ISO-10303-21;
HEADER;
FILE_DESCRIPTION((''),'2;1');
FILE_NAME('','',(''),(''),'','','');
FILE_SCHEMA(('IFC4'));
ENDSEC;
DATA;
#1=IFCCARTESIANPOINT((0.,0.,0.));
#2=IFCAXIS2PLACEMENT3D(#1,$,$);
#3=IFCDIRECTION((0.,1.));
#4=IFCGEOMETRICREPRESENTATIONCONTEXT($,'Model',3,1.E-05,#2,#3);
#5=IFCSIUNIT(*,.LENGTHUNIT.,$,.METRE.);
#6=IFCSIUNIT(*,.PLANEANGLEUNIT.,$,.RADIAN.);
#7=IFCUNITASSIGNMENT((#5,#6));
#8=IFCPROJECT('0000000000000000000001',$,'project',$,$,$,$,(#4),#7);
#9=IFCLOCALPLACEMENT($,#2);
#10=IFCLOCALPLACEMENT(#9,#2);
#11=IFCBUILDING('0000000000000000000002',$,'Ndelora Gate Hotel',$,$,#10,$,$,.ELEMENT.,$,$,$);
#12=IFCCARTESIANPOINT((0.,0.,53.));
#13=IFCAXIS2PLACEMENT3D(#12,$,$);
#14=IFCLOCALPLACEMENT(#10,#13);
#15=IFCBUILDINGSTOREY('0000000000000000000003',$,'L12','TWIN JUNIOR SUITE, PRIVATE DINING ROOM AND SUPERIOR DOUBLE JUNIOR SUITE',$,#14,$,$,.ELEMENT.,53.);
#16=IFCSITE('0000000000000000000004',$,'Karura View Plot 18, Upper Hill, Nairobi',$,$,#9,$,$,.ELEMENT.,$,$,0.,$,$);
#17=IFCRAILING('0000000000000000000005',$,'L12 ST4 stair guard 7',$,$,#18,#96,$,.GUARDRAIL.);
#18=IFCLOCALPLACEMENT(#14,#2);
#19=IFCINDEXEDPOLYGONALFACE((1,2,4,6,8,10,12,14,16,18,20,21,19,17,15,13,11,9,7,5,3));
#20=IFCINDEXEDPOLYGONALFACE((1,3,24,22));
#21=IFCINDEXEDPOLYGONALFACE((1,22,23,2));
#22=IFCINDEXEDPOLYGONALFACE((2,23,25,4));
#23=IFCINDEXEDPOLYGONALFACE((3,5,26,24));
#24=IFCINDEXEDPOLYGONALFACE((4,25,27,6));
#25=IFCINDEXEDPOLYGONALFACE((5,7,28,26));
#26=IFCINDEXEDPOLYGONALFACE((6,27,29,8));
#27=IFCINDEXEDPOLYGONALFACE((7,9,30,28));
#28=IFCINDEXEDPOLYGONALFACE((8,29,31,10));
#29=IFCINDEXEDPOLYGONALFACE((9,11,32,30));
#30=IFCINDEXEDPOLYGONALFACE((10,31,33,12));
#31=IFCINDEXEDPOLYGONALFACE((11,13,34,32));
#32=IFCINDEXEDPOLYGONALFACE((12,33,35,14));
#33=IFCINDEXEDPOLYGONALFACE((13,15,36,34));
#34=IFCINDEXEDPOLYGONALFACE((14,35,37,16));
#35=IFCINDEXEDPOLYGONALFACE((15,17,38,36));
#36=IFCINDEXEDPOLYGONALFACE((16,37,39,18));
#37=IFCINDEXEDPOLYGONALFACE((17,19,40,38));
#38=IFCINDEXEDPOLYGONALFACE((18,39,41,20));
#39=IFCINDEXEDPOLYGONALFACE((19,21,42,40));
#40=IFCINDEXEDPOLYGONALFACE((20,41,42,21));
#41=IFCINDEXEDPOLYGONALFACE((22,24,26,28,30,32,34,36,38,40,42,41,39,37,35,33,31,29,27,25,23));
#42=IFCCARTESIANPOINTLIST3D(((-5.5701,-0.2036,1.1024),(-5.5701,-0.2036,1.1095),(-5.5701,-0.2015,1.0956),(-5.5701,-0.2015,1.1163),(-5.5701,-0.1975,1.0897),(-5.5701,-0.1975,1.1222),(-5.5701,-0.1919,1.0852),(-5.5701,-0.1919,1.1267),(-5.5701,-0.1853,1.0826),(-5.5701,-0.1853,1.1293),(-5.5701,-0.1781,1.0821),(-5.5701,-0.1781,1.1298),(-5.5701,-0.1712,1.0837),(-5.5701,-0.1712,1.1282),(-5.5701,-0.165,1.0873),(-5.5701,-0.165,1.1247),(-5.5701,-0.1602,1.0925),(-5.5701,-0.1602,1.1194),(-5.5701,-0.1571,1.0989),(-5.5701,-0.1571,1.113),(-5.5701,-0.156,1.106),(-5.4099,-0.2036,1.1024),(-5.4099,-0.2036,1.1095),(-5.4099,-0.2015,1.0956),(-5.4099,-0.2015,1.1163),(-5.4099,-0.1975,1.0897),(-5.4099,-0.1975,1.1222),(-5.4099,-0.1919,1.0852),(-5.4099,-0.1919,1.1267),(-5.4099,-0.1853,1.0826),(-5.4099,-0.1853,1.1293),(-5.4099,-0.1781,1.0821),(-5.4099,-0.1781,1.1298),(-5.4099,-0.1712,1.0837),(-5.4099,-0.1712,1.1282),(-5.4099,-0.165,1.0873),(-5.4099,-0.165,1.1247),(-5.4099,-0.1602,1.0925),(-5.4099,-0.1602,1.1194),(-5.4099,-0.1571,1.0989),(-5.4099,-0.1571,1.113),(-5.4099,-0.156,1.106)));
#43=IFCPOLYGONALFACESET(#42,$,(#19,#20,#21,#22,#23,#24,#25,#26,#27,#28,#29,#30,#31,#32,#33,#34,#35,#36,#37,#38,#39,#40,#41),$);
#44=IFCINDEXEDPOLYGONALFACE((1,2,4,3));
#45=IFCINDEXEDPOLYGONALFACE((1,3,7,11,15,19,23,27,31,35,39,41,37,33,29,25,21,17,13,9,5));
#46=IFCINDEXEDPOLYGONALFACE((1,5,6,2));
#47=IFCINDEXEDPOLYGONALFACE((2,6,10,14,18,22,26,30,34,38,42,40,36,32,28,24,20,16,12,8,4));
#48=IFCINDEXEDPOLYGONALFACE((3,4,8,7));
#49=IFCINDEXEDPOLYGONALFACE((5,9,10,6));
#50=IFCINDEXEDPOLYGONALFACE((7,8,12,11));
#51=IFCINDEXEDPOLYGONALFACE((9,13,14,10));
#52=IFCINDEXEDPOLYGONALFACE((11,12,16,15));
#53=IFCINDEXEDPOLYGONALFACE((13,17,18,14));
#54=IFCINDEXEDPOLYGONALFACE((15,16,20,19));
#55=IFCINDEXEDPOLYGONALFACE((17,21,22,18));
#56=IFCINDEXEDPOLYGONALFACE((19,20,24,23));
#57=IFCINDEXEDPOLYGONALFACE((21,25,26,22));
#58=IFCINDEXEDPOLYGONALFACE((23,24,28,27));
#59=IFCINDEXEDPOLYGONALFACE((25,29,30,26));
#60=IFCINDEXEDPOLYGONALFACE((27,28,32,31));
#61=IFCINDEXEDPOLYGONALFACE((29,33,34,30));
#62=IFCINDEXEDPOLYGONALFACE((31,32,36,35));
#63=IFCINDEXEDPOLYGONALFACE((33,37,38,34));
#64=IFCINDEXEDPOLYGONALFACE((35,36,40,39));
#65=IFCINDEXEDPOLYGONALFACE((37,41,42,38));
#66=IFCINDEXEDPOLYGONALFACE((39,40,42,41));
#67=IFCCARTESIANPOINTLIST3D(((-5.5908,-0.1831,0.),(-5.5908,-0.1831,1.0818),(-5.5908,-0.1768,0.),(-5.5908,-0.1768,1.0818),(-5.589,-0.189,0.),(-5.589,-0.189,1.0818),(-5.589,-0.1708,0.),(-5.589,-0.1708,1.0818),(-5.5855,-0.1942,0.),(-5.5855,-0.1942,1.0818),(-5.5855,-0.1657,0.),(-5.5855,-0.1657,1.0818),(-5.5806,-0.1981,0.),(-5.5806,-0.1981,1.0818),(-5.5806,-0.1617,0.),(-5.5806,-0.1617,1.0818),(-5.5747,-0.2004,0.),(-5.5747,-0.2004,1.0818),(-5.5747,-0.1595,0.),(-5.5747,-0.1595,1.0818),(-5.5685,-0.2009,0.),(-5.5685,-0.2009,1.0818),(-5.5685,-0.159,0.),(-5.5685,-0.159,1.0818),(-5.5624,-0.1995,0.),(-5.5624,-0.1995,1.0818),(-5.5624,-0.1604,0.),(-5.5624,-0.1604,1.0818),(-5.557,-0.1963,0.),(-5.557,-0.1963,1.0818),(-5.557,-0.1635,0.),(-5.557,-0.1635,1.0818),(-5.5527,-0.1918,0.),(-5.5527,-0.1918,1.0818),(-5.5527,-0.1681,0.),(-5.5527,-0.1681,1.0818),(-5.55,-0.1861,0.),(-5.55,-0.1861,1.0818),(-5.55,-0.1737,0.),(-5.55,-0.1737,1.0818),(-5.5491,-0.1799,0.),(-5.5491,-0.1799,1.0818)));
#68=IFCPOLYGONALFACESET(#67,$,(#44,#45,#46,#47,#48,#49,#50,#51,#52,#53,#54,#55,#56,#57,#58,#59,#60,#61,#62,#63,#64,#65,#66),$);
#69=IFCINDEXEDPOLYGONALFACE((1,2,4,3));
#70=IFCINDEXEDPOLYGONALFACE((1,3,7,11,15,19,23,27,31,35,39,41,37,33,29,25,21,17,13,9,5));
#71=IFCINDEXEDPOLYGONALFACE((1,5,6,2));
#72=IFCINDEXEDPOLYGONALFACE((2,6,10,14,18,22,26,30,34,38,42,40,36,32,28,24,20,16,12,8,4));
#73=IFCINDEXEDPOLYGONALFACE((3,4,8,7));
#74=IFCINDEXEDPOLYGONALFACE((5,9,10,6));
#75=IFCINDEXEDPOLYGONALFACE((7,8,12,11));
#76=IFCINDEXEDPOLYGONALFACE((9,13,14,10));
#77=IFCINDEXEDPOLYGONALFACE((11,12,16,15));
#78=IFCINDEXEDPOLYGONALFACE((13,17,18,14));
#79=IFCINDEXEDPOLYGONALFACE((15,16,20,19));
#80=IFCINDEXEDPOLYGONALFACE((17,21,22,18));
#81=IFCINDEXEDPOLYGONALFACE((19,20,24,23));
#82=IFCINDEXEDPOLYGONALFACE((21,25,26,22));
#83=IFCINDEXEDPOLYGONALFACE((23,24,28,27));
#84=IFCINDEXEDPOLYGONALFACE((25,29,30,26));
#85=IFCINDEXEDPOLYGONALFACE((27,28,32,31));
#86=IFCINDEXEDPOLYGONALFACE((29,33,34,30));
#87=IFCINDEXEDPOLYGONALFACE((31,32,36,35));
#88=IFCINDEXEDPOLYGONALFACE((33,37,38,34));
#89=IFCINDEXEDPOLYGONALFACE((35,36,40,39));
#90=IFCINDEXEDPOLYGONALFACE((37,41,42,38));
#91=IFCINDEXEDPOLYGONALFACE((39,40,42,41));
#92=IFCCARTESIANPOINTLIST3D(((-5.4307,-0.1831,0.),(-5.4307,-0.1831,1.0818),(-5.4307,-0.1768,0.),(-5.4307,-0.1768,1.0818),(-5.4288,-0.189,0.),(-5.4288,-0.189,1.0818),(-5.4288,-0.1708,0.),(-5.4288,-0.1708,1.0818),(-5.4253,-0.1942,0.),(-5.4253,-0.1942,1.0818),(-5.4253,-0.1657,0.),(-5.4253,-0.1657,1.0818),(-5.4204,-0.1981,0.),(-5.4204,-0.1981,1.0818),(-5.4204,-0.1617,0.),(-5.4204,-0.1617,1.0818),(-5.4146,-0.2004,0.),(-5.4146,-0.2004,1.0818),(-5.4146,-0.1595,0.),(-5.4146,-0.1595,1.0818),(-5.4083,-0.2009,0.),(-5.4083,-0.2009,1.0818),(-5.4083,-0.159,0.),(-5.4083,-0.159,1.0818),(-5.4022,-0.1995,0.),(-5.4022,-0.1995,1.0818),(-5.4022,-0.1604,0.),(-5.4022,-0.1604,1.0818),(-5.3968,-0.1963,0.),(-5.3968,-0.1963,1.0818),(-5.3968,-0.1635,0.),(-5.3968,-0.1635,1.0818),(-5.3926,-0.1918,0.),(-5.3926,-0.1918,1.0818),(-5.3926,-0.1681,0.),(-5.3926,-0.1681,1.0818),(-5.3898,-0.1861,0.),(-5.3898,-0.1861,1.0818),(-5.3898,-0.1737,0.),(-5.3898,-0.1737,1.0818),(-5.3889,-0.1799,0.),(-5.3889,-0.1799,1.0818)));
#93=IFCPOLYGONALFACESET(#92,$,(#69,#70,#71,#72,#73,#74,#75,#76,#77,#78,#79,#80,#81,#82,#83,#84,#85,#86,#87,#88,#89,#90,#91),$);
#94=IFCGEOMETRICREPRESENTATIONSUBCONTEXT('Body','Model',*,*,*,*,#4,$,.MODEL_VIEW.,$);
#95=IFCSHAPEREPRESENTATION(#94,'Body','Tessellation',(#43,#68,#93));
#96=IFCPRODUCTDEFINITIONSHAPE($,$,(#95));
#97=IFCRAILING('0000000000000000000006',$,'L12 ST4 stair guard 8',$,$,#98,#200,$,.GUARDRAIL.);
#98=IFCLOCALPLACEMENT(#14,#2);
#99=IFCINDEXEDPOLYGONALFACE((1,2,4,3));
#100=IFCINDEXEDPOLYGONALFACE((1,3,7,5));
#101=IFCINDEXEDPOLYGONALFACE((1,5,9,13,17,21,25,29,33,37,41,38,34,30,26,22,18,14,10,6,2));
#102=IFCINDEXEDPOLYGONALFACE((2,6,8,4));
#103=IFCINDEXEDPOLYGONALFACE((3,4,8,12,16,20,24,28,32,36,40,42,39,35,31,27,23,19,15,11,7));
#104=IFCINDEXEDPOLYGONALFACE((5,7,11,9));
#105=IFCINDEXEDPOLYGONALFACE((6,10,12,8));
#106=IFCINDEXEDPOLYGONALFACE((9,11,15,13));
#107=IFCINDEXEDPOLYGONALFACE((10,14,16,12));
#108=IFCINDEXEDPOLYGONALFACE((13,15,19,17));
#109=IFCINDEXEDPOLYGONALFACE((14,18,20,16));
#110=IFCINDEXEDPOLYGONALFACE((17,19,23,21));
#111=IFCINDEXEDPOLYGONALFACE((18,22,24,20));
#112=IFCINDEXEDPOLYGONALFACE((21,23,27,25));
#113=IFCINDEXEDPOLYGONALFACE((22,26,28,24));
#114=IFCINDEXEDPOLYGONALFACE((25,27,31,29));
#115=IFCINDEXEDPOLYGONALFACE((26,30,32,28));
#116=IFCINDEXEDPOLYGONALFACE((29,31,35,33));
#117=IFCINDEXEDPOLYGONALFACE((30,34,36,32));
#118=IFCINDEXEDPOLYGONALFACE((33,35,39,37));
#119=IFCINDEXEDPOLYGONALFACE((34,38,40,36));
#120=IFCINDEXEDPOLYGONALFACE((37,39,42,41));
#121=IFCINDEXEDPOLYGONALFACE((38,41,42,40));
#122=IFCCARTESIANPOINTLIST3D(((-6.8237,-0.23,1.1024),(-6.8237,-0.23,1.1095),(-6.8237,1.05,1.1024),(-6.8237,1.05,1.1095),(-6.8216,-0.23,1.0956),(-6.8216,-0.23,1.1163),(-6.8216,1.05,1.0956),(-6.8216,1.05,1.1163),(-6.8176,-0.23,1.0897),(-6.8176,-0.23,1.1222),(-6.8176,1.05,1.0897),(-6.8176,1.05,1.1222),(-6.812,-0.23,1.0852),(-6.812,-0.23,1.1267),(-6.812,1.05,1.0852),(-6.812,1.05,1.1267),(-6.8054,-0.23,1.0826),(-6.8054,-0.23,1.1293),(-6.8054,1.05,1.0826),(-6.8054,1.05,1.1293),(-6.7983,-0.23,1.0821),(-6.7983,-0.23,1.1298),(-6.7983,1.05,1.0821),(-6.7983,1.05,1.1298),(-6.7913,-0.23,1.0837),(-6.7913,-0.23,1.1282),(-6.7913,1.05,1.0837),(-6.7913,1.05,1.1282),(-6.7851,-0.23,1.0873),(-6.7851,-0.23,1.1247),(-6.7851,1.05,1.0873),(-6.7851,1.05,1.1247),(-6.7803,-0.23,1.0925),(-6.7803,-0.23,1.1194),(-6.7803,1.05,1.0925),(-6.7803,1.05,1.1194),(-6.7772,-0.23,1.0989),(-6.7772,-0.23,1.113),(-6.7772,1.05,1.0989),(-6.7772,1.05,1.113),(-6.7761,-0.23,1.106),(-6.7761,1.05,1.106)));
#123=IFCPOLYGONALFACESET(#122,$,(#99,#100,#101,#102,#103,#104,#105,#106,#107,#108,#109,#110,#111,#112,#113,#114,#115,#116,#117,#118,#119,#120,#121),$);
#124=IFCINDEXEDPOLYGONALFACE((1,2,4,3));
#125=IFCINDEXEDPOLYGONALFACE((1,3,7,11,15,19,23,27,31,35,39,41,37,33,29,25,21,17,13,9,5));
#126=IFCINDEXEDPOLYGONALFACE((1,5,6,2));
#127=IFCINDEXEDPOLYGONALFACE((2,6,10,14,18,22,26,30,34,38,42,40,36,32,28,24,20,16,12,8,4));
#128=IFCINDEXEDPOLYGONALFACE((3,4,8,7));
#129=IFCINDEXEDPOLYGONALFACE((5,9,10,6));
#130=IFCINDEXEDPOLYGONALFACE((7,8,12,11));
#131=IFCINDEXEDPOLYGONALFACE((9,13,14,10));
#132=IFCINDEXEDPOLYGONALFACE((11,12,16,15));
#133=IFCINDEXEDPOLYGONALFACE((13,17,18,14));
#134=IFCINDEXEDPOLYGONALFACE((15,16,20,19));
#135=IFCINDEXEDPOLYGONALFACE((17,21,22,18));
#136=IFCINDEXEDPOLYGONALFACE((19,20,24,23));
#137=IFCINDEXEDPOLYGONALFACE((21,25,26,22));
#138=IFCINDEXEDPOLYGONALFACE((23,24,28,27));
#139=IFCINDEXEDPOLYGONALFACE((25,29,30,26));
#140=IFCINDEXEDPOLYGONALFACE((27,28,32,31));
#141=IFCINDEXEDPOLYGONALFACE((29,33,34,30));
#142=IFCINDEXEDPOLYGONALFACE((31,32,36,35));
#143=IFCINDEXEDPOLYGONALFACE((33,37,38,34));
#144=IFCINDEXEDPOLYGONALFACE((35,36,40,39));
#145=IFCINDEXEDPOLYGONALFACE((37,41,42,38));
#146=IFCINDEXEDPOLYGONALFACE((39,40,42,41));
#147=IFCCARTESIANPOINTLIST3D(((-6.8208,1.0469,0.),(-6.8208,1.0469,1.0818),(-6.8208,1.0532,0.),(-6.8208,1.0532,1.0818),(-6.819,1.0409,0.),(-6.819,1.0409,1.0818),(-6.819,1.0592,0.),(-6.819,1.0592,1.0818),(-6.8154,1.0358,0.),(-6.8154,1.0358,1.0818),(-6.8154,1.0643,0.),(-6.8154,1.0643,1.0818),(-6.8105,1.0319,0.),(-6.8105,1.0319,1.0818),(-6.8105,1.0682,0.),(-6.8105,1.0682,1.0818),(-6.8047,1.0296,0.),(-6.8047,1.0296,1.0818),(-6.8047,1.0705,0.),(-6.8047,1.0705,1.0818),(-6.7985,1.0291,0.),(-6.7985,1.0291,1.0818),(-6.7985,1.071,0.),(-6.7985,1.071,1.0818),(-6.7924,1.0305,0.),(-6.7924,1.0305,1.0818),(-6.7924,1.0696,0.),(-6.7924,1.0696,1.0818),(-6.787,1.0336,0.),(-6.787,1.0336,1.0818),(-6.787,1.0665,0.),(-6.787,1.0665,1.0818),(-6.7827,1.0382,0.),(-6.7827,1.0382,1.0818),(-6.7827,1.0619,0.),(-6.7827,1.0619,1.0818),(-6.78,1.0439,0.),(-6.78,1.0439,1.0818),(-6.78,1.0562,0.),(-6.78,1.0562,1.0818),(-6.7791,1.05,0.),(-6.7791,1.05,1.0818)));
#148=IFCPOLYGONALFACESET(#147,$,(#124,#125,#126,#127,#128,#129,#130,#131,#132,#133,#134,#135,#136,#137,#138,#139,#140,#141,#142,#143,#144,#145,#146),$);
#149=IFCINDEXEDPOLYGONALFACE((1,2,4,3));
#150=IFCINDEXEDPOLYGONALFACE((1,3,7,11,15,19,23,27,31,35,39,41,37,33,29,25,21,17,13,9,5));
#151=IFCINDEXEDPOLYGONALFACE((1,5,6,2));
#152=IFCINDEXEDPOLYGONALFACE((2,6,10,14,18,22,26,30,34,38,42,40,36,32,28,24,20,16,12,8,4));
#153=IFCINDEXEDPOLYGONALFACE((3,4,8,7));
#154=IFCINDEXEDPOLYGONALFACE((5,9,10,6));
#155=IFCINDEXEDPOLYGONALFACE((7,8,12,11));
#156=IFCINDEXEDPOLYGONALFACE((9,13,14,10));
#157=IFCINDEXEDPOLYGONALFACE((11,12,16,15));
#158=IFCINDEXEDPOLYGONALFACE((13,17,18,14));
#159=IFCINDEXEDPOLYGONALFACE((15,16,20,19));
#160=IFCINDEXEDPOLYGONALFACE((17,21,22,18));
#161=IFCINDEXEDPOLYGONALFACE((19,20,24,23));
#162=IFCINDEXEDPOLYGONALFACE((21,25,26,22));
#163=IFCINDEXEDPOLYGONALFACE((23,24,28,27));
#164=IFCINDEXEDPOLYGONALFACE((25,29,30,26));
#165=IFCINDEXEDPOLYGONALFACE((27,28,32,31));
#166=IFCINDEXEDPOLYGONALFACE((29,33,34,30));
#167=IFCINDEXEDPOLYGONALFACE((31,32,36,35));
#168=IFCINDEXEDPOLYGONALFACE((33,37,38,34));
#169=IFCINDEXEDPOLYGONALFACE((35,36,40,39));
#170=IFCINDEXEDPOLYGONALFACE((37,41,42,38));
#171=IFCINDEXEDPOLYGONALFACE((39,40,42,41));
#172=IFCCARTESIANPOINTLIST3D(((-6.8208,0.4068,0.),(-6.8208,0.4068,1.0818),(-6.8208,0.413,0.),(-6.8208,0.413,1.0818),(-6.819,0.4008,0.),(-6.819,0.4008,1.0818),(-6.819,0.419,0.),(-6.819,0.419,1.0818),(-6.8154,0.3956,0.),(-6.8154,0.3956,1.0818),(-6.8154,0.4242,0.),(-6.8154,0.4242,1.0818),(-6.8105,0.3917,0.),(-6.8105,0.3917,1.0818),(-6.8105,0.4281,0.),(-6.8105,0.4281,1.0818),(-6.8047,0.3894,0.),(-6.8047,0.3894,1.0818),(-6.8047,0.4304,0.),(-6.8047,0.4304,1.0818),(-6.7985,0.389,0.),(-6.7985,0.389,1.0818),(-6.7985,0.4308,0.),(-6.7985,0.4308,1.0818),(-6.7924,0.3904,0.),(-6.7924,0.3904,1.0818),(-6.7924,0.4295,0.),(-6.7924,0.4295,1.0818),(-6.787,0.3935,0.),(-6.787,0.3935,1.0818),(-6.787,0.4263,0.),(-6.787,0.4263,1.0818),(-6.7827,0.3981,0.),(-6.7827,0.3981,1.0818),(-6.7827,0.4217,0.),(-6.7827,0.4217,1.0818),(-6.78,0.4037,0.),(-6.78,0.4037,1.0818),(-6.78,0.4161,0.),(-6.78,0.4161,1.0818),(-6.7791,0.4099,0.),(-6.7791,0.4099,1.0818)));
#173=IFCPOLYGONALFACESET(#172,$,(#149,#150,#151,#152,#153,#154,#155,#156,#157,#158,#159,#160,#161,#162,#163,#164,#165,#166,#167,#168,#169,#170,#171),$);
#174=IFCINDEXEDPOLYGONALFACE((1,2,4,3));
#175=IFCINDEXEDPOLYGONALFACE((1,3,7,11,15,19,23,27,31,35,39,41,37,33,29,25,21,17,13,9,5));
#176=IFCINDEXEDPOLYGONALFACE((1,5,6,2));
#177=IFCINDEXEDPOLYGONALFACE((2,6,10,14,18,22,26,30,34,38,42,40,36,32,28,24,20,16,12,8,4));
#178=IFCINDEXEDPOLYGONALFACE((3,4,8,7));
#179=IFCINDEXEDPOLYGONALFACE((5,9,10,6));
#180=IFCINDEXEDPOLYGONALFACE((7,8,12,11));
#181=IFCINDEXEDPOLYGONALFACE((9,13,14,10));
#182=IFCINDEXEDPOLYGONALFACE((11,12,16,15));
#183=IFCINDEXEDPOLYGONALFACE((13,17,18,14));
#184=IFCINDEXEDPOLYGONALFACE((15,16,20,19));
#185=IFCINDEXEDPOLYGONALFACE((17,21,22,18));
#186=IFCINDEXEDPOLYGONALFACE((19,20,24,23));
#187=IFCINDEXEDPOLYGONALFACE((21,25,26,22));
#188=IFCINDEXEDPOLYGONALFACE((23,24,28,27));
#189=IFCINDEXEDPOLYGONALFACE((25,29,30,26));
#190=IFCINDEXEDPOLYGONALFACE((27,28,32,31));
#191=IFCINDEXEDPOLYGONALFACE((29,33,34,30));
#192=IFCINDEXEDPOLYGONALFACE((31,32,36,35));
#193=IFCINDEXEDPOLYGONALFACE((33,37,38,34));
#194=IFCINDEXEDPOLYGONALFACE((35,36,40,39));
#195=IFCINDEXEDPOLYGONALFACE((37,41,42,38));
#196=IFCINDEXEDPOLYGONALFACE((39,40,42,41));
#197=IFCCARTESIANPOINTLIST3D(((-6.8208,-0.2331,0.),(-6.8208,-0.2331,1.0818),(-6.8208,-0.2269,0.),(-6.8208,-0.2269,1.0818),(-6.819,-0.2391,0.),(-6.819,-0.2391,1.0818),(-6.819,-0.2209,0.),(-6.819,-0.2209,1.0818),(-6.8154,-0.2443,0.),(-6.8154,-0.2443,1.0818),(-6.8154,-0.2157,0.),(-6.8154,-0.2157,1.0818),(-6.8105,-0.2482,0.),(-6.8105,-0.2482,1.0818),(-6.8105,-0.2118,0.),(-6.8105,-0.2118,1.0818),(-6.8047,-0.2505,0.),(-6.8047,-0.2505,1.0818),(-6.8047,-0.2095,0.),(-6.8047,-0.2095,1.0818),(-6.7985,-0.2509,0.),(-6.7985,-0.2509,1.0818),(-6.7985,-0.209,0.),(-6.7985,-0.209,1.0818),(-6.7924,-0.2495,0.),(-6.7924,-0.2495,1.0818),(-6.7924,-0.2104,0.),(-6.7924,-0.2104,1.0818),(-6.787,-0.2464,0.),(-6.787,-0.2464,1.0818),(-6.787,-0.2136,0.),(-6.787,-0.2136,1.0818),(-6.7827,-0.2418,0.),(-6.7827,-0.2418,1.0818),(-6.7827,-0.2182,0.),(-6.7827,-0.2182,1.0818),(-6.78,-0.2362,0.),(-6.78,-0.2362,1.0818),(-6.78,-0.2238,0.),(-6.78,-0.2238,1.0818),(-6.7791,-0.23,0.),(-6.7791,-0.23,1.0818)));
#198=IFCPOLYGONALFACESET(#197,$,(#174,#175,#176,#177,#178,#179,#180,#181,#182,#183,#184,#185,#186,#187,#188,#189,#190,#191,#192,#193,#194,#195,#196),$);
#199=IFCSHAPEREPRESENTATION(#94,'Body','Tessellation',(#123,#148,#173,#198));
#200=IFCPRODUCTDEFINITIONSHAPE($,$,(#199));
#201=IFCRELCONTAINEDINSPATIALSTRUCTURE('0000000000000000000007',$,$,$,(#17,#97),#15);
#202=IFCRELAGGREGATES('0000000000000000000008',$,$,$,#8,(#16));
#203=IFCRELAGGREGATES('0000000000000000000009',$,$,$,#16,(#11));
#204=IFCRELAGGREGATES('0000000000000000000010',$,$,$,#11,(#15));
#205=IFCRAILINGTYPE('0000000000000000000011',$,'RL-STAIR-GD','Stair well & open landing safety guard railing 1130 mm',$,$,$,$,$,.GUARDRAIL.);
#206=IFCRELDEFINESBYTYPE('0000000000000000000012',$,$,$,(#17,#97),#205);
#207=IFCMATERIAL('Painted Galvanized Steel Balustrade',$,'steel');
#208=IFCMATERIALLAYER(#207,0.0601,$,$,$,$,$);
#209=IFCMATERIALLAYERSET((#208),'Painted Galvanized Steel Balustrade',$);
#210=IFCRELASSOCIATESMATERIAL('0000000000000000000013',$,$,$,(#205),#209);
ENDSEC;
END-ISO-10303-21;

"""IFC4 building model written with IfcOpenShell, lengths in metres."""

from ifc_helpers import new_model, si_unit, direction, frame, origin, origin_2d, place, context, subcontext, project, spatial, circle, extrude, material, layer, layer_set, type_object, element, save


model = new_model("IFC4")

# Units and contexts
model_context = context("Model", 3, precision=1e-05, world=origin(), true_north=direction((0.0, 1.0)))
body_context = subcontext(model_context, "Body", "Model", "MODEL_VIEW")
ifc_project = project(units=[si_unit("LENGTHUNIT", "METRE"), si_unit("PLANEANGLEUNIT", "RADIAN")], contexts=[model_context])

# Site, building, storey
site_placement = place(None, origin())
site = spatial("IfcSite", under=ifc_project, at=site_placement, Name="Karura View Plot 18, Upper Hill, Nairobi", CompositionType="ELEMENT", RefElevation=0.0)
building_placement = place(site_placement, origin())
building = spatial("IfcBuilding", under=site, at=building_placement, Name="Ndelora Gate Hotel", CompositionType="ELEMENT")
storey_placement = place(building_placement, frame((0.0, 0.0, 53.0)))
storey = spatial("IfcBuildingStorey", under=building, at=storey_placement, Name="L12", Description="TWIN JUNIOR SUITE, PRIVATE DINING ROOM AND SUPERIOR DOUBLE JUNIOR SUITE", CompositionType="ELEMENT", Elevation=53.0)

# Railings
ifc_material_1 = material(Name="Painted Galvanized Steel Balustrade", Category="steel")
ifc_layer_1 = layer(ifc_material_1, 0.0601)
ifc_layer_set_1 = layer_set([ifc_layer_1], Name="Painted Galvanized Steel Balustrade")
railing_type_1 = type_object("IfcRailingType", Name="RL-STAIR-GD", Description="Stair well & open landing safety guard railing 1130 mm", PredefinedType="GUARDRAIL", material=ifc_layer_set_1)
railing_1_placement = place(storey_placement, frame((-5.5701, -0.1799, 0.0)))
element("IfcRailing", 1, at=railing_1_placement, inside=storey, type_object=railing_type_1, Name="L12 ST4 stair guard 7", PredefinedType="GUARDRAIL", context=body_context, shape_type="SweptSolid", body=[
    extrude(circle(Radius=0.0239, at=origin_2d()), frame((0.0, 0.0, 1.106), z_axis=(1.0, 0.0, 0.0), x_axis=(0.0, 1.0, 0.0)), (0.0, 0.0, 1.0), 0.1602),
    extrude(circle(Radius=0.021, at=origin_2d()), origin(), (0.0, 0.0, 1.0), 1.0818),
    extrude(circle(Radius=0.021, at=origin_2d()), frame((0.1602, 0.0, 0.0)), (0.0, 0.0, 1.0), 1.0818),
])
for number, where, name in (
    (2, (-6.8, 1.05, 0.0), "L12 ST4 stair guard 8"),
):
    element("IfcRailing", number, at=place(storey_placement, frame(where)), inside=storey, type_object=railing_type_1, Name=name, PredefinedType="GUARDRAIL", context=body_context, shape_type="SweptSolid", body=[
        extrude(circle(Radius=0.0239, at=origin_2d()), frame((0.0, 0.0, 1.106), z_axis=(0.0, -1.0, 0.0), x_axis=(1.0, 0.0, 0.0)), (0.0, 0.0, 1.0), 1.28),
        extrude(circle(Radius=0.021, at=origin_2d()), origin(), (0.0, 0.0, 1.0), 1.0818),
        extrude(circle(Radius=0.021, at=origin_2d()), frame((0.0, -0.6401, 0.0)), (0.0, 0.0, 1.0), 1.0818),
        extrude(circle(Radius=0.021, at=origin_2d()), frame((0.0, -1.28, 0.0)), (0.0, 0.0, 1.0), 1.0818),
    ])

save(model, "model.ifc")
